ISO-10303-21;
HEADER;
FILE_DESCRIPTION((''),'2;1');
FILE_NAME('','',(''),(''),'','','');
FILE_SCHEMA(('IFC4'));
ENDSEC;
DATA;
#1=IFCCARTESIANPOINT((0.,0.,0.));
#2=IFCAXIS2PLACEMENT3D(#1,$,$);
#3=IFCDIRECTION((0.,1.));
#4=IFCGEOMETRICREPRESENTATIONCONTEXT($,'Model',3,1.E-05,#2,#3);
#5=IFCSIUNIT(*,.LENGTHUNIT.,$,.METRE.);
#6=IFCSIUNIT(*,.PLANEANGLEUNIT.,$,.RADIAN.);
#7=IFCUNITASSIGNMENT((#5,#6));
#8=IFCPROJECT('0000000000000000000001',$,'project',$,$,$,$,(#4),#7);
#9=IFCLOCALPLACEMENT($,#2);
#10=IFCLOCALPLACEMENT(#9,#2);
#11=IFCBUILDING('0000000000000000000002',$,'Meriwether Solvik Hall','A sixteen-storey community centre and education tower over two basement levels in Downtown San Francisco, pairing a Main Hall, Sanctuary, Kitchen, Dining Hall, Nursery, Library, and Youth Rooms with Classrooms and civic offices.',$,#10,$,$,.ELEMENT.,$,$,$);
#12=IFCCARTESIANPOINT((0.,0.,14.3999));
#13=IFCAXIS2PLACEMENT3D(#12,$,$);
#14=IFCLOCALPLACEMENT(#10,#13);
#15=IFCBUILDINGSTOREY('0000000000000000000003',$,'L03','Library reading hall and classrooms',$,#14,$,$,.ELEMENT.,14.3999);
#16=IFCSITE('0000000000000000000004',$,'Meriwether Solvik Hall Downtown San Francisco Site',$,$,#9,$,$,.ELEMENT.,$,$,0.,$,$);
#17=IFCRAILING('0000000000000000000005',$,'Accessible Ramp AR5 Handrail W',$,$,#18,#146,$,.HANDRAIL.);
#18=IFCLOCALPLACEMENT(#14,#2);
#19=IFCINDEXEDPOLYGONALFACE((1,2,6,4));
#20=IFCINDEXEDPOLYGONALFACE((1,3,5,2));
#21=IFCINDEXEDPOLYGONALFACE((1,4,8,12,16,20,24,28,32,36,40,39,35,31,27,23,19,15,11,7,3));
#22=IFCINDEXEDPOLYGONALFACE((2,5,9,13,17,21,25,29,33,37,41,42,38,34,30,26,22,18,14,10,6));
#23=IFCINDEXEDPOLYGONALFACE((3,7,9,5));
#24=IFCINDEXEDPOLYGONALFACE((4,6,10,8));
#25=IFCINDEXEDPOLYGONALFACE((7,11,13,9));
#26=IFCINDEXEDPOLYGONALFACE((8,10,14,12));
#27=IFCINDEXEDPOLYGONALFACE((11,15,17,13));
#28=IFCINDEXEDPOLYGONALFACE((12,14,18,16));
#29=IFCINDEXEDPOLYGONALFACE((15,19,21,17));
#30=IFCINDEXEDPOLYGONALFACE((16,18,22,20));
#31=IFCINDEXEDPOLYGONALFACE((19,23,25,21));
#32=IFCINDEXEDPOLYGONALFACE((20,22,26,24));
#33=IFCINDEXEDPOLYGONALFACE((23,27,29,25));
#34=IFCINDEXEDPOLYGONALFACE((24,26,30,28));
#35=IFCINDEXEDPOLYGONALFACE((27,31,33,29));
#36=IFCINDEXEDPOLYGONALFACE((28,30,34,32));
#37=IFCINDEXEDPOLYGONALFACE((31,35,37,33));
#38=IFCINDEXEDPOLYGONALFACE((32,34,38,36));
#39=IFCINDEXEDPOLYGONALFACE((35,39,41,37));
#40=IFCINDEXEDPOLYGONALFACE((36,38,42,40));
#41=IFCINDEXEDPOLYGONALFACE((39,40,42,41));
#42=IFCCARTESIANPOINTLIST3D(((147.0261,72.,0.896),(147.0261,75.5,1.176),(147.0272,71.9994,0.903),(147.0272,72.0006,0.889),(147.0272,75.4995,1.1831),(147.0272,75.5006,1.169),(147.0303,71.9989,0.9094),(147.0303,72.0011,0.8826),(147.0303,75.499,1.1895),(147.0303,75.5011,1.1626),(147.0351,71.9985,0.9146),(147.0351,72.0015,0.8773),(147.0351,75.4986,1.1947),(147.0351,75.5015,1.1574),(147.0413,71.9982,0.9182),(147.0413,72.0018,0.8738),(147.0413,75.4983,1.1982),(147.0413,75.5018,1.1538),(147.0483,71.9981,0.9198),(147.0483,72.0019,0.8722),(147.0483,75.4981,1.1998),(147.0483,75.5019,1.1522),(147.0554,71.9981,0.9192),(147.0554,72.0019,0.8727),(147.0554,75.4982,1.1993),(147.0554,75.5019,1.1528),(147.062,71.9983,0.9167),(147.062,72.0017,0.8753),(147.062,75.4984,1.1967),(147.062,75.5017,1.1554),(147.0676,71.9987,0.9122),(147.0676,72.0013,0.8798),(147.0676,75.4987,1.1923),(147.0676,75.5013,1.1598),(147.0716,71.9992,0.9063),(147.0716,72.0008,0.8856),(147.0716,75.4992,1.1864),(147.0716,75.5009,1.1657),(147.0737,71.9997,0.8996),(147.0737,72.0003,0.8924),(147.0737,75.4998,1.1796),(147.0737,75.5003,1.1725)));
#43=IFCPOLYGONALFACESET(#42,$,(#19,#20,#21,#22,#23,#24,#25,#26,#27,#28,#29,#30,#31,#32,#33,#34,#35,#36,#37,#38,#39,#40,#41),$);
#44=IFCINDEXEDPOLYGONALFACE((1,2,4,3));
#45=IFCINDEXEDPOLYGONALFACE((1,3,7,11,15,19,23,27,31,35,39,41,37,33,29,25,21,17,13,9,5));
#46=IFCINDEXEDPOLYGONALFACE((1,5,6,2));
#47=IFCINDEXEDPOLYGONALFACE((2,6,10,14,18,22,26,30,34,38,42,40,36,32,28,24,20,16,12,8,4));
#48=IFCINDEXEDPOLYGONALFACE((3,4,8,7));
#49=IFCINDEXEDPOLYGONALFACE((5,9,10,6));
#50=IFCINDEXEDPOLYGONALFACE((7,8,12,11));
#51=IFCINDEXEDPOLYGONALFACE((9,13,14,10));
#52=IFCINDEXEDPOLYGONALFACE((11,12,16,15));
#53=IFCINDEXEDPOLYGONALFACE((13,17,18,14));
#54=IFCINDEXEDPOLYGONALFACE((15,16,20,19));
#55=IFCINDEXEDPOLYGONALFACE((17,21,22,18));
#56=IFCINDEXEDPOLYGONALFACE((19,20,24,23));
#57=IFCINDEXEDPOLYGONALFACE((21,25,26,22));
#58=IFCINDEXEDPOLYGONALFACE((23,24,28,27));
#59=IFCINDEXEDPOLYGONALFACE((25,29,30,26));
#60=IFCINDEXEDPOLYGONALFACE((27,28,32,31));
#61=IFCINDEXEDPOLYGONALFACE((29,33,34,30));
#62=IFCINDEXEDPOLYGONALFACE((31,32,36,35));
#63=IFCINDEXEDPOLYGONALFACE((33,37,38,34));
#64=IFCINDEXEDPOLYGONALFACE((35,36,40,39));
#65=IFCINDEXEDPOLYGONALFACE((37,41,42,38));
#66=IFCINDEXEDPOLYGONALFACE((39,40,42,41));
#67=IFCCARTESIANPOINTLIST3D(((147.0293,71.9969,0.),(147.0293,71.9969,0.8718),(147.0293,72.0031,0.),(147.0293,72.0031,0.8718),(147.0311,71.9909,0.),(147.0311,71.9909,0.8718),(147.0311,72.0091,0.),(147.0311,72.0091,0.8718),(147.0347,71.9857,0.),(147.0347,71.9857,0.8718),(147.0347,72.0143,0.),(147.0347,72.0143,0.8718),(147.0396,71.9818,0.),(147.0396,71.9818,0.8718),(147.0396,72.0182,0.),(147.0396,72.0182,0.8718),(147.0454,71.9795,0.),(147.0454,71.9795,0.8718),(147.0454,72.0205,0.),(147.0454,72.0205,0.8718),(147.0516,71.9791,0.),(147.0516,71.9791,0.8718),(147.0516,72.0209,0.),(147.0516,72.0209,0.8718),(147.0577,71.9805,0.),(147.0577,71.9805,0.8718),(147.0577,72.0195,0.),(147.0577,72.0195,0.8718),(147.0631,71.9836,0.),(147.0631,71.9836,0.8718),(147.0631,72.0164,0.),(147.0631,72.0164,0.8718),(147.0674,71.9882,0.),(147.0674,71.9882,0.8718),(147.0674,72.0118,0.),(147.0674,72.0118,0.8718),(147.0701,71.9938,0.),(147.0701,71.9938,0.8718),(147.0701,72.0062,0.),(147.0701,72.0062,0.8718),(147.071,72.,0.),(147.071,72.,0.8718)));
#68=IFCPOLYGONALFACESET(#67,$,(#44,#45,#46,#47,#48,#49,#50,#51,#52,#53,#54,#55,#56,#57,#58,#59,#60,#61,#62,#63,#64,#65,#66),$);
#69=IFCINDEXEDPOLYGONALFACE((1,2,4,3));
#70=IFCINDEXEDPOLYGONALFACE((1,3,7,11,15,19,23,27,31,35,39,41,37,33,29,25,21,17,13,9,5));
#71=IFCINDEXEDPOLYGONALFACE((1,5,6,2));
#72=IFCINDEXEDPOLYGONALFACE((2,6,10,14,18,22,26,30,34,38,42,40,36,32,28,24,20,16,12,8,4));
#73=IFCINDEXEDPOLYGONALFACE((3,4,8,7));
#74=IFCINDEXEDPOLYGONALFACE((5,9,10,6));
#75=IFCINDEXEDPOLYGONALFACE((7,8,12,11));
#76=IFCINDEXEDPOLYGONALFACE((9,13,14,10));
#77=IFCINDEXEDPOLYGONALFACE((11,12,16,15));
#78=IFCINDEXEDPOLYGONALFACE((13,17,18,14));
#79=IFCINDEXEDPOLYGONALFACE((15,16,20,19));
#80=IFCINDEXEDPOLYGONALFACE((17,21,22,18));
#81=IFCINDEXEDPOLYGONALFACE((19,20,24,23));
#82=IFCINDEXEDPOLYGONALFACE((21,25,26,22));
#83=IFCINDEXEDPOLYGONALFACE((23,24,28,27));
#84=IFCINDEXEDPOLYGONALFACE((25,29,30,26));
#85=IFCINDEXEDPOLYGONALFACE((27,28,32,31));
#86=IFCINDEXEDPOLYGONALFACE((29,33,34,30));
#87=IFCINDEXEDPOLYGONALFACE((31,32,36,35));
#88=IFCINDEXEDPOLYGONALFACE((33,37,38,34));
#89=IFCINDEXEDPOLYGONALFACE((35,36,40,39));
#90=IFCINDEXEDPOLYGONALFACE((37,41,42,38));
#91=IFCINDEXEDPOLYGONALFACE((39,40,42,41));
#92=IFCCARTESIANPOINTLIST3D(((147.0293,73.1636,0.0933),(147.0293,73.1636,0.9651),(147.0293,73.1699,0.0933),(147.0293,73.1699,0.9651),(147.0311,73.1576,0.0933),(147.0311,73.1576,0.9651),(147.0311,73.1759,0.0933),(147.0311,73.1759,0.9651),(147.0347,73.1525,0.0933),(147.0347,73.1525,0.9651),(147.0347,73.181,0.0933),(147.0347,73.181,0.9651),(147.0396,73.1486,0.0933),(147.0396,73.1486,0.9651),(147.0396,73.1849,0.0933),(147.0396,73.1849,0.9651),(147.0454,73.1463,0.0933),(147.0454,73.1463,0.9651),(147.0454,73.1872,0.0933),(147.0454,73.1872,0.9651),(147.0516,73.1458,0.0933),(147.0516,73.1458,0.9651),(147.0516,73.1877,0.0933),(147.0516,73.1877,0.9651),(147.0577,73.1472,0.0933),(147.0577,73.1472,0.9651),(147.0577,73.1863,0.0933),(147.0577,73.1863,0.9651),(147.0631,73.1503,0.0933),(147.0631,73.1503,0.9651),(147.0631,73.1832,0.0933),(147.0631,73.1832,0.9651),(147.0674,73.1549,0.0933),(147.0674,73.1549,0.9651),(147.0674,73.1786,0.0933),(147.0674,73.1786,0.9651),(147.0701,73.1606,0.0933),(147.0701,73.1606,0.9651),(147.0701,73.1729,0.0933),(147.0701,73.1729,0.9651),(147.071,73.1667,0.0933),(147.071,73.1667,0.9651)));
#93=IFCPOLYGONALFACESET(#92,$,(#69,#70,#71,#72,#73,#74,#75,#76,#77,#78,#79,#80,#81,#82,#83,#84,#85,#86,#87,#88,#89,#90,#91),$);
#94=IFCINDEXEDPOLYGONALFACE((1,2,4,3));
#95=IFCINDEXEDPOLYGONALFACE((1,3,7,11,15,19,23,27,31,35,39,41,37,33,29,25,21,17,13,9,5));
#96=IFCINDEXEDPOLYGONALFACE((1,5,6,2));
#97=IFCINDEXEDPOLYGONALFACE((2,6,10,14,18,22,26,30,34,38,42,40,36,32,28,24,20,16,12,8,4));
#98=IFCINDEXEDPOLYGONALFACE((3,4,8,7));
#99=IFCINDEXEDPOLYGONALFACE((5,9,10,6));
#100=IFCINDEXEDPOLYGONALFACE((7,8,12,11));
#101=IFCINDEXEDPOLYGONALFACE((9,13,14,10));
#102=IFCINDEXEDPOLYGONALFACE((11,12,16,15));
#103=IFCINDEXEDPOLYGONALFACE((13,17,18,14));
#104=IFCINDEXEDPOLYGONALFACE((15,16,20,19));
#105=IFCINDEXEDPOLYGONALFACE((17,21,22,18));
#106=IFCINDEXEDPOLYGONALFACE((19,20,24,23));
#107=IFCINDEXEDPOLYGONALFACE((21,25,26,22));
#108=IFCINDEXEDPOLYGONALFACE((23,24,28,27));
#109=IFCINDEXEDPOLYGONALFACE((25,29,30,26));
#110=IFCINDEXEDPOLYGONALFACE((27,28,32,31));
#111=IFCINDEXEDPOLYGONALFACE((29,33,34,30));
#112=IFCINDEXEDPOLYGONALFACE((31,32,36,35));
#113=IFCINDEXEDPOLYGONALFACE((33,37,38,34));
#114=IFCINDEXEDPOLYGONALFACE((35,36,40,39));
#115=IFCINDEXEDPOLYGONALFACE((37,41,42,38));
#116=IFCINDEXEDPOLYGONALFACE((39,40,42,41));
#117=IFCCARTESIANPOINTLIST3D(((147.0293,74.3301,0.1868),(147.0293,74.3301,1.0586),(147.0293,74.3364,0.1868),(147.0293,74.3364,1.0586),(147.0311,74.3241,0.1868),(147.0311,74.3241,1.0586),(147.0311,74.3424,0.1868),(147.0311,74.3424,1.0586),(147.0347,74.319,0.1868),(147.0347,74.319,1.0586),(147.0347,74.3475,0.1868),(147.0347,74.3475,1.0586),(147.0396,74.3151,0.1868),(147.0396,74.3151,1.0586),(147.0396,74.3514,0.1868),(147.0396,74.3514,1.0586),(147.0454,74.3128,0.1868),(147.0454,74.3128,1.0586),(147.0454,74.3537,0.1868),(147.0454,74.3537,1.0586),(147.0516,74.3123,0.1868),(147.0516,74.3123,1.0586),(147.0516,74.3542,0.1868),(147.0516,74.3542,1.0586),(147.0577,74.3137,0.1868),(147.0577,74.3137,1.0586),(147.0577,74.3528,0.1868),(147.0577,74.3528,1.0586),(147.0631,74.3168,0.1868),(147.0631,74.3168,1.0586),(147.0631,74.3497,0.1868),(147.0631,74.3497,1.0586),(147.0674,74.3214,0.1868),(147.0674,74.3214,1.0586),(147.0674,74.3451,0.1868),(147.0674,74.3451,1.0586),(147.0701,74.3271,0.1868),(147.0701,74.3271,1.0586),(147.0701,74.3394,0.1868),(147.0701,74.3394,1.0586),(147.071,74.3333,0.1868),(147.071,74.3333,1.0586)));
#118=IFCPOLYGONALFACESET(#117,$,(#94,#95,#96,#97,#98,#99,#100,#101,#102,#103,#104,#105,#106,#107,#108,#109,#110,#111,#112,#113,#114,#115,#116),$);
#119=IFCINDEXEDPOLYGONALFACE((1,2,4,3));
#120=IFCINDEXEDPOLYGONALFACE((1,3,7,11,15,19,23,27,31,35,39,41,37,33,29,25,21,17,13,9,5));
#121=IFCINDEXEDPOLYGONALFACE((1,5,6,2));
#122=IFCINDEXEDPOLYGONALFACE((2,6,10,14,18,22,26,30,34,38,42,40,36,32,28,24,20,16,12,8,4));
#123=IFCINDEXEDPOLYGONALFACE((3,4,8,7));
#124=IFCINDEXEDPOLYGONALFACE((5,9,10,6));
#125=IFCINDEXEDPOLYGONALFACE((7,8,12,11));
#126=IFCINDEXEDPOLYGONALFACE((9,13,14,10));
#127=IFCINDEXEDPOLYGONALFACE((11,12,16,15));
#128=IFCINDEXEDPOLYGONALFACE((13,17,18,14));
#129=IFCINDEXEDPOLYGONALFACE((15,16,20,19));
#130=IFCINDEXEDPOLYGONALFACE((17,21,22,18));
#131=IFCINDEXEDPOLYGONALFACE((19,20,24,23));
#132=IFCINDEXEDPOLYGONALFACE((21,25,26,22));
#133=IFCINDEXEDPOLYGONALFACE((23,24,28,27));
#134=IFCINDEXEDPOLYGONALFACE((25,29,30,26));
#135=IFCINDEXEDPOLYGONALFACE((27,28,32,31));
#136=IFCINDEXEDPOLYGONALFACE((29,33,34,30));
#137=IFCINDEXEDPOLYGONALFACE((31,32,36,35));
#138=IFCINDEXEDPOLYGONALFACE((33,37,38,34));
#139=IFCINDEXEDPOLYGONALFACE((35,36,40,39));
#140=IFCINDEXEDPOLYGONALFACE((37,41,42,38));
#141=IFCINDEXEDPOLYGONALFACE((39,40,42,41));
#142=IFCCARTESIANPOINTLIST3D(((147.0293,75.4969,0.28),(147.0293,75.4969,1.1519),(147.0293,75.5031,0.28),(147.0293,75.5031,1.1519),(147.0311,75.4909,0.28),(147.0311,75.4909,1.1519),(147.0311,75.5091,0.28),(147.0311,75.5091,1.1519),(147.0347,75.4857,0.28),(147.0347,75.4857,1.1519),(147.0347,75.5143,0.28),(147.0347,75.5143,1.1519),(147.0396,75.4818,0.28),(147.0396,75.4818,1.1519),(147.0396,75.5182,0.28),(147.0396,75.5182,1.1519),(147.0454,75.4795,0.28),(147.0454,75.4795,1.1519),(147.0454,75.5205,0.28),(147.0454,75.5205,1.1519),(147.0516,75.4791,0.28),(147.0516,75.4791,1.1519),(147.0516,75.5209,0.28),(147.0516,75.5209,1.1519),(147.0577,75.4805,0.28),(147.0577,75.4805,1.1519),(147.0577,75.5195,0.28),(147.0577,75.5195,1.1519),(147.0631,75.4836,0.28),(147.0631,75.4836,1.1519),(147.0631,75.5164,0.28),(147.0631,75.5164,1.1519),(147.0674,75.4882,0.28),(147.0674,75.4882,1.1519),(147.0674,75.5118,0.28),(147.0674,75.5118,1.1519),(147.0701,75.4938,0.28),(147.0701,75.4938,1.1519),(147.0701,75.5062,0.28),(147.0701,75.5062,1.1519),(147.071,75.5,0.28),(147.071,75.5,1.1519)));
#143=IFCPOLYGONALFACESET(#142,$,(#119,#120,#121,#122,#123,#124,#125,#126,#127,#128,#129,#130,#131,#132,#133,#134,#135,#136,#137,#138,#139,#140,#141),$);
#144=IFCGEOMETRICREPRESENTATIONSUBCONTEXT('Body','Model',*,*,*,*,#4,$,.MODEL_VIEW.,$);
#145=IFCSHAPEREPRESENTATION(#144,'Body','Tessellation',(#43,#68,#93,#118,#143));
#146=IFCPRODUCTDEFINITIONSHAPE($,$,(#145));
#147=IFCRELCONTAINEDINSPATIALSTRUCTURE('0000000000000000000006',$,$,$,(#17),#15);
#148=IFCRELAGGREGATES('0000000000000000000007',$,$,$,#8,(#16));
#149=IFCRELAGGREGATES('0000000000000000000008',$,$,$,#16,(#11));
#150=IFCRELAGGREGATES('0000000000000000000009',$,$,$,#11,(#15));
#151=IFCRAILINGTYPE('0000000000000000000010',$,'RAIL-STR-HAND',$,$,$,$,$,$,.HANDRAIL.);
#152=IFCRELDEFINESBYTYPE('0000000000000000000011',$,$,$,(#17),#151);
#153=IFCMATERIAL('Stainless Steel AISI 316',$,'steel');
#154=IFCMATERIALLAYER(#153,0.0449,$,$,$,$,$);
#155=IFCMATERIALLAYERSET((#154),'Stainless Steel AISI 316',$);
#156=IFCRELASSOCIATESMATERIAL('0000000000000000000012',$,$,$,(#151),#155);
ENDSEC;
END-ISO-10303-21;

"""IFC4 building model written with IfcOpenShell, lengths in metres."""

from ifc_helpers import new_model, si_unit, direction, frame, origin, origin_2d, place, context, subcontext, project, spatial, circle, extrude, material, layer, layer_set, type_object, element, save


model = new_model("IFC4")

# Units and contexts
model_context = context("Model", 3, precision=1e-05, world=origin(), true_north=direction((0.0, 1.0)))
body_context = subcontext(model_context, "Body", "Model", "MODEL_VIEW")
ifc_project = project(units=[si_unit("LENGTHUNIT", "METRE"), si_unit("PLANEANGLEUNIT", "RADIAN")], contexts=[model_context])

# Site, building, storey
site_placement = place(None, origin())
site = spatial("IfcSite", under=ifc_project, at=site_placement, Name="Meriwether Solvik Hall Downtown San Francisco Site", CompositionType="ELEMENT", RefElevation=0.0)
building_placement = place(site_placement, origin())
building = spatial("IfcBuilding", under=site, at=building_placement, Name="Meriwether Solvik Hall", Description="A sixteen-storey community centre and education tower over two basement levels in Downtown San Francisco, pairing a Main Hall, Sanctuary, Kitchen, Dining Hall, Nursery, Library, and Youth Rooms with Classrooms and civic offices.", CompositionType="ELEMENT")
storey_placement = place(building_placement, frame((0.0, 0.0, 14.3999)))
storey = spatial("IfcBuildingStorey", under=building, at=storey_placement, Name="L03", Description="Library reading hall and classrooms", CompositionType="ELEMENT", Elevation=14.3999)

# Railing
ifc_material_1 = material(Name="Stainless Steel AISI 316", Category="steel")
ifc_layer_1 = layer(ifc_material_1, 0.0449)
ifc_layer_set_1 = layer_set([ifc_layer_1], Name="Stainless Steel AISI 316")
railing_type = type_object("IfcRailingType", Name="RAIL-STR-HAND", PredefinedType="HANDRAIL", material=ifc_layer_set_1)
for number, where, name in (
    (1, (147.05, 72.0, 0.0), "Accessible Ramp AR5 Handrail W"),
):
    element("IfcRailing", number, at=place(storey_placement, frame(where)), inside=storey, type_object=railing_type, Name=name, PredefinedType="HANDRAIL", context=body_context, shape_type="SweptSolid", body=[
        extrude(circle(Radius=0.0239, at=origin_2d()), frame((0.0, 0.0, 0.896), z_axis=(0.0, 0.996815, 0.079754), x_axis=(-1.0, 0.0, 0.0)), (0.0, 0.0, 1.0), 3.5112),
        extrude(circle(Radius=0.021, at=origin_2d()), origin(), (0.0, 0.0, 1.0), 0.8718),
        extrude(circle(Radius=0.021, at=origin_2d()), frame((0.0, 1.1667, 0.0933)), (0.0, 0.0, 1.0), 0.8718),
        extrude(circle(Radius=0.021, at=origin_2d()), frame((0.0, 2.3333, 0.1868)), (0.0, 0.0, 1.0), 0.8718),
        extrude(circle(Radius=0.021, at=origin_2d()), frame((0.0, 3.5, 0.28)), (0.0, 0.0, 1.0), 0.8718),
    ])

save(model, "model.ifc")
